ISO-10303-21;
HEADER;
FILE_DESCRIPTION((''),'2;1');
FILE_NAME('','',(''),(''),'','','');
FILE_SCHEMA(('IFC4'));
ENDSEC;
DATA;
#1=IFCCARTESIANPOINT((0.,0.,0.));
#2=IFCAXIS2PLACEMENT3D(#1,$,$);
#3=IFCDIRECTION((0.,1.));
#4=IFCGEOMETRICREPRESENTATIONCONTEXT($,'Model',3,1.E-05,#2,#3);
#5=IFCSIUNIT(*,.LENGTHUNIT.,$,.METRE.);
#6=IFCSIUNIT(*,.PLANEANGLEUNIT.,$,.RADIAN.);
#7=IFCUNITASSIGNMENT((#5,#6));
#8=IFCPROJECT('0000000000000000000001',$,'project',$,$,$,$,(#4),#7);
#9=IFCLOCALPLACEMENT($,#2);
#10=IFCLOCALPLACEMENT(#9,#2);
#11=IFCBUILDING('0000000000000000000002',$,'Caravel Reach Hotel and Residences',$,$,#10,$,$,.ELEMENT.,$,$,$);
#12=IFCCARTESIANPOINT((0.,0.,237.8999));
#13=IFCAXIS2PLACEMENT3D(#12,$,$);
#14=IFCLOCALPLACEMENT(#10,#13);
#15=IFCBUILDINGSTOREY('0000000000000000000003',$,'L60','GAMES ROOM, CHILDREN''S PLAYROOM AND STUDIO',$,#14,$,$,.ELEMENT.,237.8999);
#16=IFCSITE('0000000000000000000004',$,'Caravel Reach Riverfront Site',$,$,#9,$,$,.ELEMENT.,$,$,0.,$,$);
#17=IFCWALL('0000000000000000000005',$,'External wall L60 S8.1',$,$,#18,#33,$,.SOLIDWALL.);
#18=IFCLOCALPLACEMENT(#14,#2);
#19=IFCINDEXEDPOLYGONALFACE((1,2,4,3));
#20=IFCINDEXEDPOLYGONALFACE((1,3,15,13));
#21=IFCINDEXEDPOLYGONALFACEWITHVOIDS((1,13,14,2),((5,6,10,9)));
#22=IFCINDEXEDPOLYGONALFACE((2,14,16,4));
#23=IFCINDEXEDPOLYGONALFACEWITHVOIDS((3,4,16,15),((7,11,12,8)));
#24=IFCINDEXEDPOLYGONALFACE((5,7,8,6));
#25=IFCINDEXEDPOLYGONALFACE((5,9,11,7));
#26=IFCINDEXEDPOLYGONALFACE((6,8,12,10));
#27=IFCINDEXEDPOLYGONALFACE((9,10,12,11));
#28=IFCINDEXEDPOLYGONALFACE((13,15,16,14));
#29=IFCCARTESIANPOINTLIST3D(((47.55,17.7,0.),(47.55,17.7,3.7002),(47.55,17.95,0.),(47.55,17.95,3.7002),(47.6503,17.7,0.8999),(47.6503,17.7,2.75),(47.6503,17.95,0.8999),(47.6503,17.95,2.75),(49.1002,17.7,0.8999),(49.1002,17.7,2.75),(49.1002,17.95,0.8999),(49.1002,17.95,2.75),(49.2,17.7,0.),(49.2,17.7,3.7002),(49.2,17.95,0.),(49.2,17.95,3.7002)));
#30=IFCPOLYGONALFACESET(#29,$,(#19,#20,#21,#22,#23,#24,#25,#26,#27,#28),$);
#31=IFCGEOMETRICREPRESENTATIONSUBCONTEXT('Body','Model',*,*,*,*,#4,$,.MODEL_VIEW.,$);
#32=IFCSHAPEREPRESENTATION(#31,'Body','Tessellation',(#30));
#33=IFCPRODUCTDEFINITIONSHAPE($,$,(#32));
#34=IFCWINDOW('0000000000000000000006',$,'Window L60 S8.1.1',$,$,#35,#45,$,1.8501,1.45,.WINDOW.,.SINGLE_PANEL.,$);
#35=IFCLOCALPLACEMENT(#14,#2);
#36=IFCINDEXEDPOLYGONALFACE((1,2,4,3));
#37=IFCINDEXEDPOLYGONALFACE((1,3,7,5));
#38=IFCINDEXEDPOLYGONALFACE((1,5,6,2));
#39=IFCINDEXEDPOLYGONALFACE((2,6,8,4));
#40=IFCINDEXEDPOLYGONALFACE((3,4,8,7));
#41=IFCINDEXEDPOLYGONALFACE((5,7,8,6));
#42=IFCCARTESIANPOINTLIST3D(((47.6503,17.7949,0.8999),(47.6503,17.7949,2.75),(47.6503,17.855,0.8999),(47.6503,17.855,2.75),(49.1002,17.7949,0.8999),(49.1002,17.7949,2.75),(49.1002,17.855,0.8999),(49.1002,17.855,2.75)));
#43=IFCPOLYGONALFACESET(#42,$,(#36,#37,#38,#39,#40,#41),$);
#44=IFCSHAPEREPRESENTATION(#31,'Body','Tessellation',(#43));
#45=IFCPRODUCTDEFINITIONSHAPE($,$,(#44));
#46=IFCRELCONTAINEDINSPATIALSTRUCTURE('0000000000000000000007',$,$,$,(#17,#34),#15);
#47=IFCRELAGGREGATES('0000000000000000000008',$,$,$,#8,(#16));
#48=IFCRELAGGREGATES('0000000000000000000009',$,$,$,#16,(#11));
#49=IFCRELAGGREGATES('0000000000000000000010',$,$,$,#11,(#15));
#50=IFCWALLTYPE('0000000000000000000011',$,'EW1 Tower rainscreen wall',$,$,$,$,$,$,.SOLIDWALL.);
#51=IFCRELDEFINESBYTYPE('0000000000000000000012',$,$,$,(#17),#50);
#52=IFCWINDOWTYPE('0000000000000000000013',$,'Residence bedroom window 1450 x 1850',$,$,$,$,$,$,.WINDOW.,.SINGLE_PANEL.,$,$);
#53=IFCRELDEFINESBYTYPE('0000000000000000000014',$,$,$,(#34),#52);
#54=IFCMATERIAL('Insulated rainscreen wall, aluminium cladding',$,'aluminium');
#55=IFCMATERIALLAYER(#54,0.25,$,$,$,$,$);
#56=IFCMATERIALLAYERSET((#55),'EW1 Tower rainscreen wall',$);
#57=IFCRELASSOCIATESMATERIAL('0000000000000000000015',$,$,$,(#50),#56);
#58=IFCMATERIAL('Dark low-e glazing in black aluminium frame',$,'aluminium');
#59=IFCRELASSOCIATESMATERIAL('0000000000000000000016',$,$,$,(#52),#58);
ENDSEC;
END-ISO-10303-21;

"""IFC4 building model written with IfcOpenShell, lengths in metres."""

from ifc_helpers import new_model, si_unit, direction, frame, frame_2d, origin, place, context, subcontext, project, spatial, rectangle, extrude, material, layer, layer_set, type_object, element, fill, save


model = new_model("IFC4")

# Units and contexts
model_context = context("Model", 3, precision=1e-05, world=origin(), true_north=direction((0.0, 1.0)))
body_context = subcontext(model_context, "Body", "Model", "MODEL_VIEW")
ifc_project = project(units=[si_unit("LENGTHUNIT", "METRE"), si_unit("PLANEANGLEUNIT", "RADIAN")], contexts=[model_context])

# Site, building, storey
site_placement = place(None, origin())
site = spatial("IfcSite", under=ifc_project, at=site_placement, Name="Caravel Reach Riverfront Site", CompositionType="ELEMENT", RefElevation=0.0)
building_placement = place(site_placement, origin())
building = spatial("IfcBuilding", under=site, at=building_placement, Name="Caravel Reach Hotel and Residences", CompositionType="ELEMENT")
storey_placement = place(building_placement, frame((0.0, 0.0, 237.8999)))
storey = spatial("IfcBuildingStorey", under=building, at=storey_placement, Name="L60", Description="GAMES ROOM, CHILDREN'S PLAYROOM AND STUDIO", CompositionType="ELEMENT", Elevation=237.8999)

# Wall, opening, window
ifc_material_1 = material(Name="Insulated rainscreen wall, aluminium cladding", Category="aluminium")
ifc_layer = layer(ifc_material_1, 0.25)
ifc_layer_set = layer_set([ifc_layer], Name="EW1 Tower rainscreen wall")
wall_type = type_object("IfcWallType", Name="EW1 Tower rainscreen wall", PredefinedType="SOLIDWALL", material=ifc_layer_set)
ifc_material_2 = material(Name="Dark low-e glazing in black aluminium frame", Category="aluminium")
window_type = type_object("IfcWindowType", Name="Residence bedroom window 1450 x 1850", PartitioningType="SINGLE_PANEL", PredefinedType="WINDOW", material=ifc_material_2)
wall_1_placement = place(storey_placement, frame((47.55, 17.825, 0.0), z_axis=(0.0, 0.0, 1.0), x_axis=(1.0, 0.0, 0.0)))
wall_1 = element("IfcWall", 1, at=wall_1_placement, inside=storey, type_object=wall_type, Name="External wall L60 S8.1", PredefinedType="SOLIDWALL", context=body_context, shape_type="SweptSolid", body=[
    extrude(rectangle(XDim=1.6499, YDim=0.25, at=frame_2d((0.825, 0.0))), origin(), (0.0, 0.0, 1.0), 3.7002),
])
opening_1_placement = place(wall_1_placement, frame((0.1001, 0.0, 0.8999)))
opening_1 = element("IfcOpeningElement", 2, at=opening_1_placement, cuts=wall_1, PredefinedType="OPENING", context=body_context, shape_type="SweptSolid", body=[
    extrude(rectangle(XDim=1.45, YDim=1.8501, at=frame_2d((0.7251, 0.925))), frame((0.0, 0.135, 0.0), z_axis=(0.0, -1.0, 0.0), x_axis=(1.0, 0.0, 0.0)), (0.0, 0.0, 1.0), 0.27),
])
window_1_placement = place(opening_1_placement, origin())
window_1 = element("IfcWindow", 3, at=window_1_placement, inside=storey, type_object=window_type, Name="Window L60 S8.1.1", OverallHeight=1.8501, OverallWidth=1.45, PartitioningType="SINGLE_PANEL", PredefinedType="WINDOW", context=body_context, shape_type="SweptSolid", body=[
    extrude(rectangle(XDim=1.45, YDim=1.8501, at=frame_2d((0.7251, 0.925))), frame((0.0, 0.03, 0.0), z_axis=(0.0, -1.0, 0.0), x_axis=(1.0, 0.0, 0.0)), (0.0, 0.0, 1.0), 0.0601),
])
fill(opening_1, window_1)

save(model, "model.ifc")
